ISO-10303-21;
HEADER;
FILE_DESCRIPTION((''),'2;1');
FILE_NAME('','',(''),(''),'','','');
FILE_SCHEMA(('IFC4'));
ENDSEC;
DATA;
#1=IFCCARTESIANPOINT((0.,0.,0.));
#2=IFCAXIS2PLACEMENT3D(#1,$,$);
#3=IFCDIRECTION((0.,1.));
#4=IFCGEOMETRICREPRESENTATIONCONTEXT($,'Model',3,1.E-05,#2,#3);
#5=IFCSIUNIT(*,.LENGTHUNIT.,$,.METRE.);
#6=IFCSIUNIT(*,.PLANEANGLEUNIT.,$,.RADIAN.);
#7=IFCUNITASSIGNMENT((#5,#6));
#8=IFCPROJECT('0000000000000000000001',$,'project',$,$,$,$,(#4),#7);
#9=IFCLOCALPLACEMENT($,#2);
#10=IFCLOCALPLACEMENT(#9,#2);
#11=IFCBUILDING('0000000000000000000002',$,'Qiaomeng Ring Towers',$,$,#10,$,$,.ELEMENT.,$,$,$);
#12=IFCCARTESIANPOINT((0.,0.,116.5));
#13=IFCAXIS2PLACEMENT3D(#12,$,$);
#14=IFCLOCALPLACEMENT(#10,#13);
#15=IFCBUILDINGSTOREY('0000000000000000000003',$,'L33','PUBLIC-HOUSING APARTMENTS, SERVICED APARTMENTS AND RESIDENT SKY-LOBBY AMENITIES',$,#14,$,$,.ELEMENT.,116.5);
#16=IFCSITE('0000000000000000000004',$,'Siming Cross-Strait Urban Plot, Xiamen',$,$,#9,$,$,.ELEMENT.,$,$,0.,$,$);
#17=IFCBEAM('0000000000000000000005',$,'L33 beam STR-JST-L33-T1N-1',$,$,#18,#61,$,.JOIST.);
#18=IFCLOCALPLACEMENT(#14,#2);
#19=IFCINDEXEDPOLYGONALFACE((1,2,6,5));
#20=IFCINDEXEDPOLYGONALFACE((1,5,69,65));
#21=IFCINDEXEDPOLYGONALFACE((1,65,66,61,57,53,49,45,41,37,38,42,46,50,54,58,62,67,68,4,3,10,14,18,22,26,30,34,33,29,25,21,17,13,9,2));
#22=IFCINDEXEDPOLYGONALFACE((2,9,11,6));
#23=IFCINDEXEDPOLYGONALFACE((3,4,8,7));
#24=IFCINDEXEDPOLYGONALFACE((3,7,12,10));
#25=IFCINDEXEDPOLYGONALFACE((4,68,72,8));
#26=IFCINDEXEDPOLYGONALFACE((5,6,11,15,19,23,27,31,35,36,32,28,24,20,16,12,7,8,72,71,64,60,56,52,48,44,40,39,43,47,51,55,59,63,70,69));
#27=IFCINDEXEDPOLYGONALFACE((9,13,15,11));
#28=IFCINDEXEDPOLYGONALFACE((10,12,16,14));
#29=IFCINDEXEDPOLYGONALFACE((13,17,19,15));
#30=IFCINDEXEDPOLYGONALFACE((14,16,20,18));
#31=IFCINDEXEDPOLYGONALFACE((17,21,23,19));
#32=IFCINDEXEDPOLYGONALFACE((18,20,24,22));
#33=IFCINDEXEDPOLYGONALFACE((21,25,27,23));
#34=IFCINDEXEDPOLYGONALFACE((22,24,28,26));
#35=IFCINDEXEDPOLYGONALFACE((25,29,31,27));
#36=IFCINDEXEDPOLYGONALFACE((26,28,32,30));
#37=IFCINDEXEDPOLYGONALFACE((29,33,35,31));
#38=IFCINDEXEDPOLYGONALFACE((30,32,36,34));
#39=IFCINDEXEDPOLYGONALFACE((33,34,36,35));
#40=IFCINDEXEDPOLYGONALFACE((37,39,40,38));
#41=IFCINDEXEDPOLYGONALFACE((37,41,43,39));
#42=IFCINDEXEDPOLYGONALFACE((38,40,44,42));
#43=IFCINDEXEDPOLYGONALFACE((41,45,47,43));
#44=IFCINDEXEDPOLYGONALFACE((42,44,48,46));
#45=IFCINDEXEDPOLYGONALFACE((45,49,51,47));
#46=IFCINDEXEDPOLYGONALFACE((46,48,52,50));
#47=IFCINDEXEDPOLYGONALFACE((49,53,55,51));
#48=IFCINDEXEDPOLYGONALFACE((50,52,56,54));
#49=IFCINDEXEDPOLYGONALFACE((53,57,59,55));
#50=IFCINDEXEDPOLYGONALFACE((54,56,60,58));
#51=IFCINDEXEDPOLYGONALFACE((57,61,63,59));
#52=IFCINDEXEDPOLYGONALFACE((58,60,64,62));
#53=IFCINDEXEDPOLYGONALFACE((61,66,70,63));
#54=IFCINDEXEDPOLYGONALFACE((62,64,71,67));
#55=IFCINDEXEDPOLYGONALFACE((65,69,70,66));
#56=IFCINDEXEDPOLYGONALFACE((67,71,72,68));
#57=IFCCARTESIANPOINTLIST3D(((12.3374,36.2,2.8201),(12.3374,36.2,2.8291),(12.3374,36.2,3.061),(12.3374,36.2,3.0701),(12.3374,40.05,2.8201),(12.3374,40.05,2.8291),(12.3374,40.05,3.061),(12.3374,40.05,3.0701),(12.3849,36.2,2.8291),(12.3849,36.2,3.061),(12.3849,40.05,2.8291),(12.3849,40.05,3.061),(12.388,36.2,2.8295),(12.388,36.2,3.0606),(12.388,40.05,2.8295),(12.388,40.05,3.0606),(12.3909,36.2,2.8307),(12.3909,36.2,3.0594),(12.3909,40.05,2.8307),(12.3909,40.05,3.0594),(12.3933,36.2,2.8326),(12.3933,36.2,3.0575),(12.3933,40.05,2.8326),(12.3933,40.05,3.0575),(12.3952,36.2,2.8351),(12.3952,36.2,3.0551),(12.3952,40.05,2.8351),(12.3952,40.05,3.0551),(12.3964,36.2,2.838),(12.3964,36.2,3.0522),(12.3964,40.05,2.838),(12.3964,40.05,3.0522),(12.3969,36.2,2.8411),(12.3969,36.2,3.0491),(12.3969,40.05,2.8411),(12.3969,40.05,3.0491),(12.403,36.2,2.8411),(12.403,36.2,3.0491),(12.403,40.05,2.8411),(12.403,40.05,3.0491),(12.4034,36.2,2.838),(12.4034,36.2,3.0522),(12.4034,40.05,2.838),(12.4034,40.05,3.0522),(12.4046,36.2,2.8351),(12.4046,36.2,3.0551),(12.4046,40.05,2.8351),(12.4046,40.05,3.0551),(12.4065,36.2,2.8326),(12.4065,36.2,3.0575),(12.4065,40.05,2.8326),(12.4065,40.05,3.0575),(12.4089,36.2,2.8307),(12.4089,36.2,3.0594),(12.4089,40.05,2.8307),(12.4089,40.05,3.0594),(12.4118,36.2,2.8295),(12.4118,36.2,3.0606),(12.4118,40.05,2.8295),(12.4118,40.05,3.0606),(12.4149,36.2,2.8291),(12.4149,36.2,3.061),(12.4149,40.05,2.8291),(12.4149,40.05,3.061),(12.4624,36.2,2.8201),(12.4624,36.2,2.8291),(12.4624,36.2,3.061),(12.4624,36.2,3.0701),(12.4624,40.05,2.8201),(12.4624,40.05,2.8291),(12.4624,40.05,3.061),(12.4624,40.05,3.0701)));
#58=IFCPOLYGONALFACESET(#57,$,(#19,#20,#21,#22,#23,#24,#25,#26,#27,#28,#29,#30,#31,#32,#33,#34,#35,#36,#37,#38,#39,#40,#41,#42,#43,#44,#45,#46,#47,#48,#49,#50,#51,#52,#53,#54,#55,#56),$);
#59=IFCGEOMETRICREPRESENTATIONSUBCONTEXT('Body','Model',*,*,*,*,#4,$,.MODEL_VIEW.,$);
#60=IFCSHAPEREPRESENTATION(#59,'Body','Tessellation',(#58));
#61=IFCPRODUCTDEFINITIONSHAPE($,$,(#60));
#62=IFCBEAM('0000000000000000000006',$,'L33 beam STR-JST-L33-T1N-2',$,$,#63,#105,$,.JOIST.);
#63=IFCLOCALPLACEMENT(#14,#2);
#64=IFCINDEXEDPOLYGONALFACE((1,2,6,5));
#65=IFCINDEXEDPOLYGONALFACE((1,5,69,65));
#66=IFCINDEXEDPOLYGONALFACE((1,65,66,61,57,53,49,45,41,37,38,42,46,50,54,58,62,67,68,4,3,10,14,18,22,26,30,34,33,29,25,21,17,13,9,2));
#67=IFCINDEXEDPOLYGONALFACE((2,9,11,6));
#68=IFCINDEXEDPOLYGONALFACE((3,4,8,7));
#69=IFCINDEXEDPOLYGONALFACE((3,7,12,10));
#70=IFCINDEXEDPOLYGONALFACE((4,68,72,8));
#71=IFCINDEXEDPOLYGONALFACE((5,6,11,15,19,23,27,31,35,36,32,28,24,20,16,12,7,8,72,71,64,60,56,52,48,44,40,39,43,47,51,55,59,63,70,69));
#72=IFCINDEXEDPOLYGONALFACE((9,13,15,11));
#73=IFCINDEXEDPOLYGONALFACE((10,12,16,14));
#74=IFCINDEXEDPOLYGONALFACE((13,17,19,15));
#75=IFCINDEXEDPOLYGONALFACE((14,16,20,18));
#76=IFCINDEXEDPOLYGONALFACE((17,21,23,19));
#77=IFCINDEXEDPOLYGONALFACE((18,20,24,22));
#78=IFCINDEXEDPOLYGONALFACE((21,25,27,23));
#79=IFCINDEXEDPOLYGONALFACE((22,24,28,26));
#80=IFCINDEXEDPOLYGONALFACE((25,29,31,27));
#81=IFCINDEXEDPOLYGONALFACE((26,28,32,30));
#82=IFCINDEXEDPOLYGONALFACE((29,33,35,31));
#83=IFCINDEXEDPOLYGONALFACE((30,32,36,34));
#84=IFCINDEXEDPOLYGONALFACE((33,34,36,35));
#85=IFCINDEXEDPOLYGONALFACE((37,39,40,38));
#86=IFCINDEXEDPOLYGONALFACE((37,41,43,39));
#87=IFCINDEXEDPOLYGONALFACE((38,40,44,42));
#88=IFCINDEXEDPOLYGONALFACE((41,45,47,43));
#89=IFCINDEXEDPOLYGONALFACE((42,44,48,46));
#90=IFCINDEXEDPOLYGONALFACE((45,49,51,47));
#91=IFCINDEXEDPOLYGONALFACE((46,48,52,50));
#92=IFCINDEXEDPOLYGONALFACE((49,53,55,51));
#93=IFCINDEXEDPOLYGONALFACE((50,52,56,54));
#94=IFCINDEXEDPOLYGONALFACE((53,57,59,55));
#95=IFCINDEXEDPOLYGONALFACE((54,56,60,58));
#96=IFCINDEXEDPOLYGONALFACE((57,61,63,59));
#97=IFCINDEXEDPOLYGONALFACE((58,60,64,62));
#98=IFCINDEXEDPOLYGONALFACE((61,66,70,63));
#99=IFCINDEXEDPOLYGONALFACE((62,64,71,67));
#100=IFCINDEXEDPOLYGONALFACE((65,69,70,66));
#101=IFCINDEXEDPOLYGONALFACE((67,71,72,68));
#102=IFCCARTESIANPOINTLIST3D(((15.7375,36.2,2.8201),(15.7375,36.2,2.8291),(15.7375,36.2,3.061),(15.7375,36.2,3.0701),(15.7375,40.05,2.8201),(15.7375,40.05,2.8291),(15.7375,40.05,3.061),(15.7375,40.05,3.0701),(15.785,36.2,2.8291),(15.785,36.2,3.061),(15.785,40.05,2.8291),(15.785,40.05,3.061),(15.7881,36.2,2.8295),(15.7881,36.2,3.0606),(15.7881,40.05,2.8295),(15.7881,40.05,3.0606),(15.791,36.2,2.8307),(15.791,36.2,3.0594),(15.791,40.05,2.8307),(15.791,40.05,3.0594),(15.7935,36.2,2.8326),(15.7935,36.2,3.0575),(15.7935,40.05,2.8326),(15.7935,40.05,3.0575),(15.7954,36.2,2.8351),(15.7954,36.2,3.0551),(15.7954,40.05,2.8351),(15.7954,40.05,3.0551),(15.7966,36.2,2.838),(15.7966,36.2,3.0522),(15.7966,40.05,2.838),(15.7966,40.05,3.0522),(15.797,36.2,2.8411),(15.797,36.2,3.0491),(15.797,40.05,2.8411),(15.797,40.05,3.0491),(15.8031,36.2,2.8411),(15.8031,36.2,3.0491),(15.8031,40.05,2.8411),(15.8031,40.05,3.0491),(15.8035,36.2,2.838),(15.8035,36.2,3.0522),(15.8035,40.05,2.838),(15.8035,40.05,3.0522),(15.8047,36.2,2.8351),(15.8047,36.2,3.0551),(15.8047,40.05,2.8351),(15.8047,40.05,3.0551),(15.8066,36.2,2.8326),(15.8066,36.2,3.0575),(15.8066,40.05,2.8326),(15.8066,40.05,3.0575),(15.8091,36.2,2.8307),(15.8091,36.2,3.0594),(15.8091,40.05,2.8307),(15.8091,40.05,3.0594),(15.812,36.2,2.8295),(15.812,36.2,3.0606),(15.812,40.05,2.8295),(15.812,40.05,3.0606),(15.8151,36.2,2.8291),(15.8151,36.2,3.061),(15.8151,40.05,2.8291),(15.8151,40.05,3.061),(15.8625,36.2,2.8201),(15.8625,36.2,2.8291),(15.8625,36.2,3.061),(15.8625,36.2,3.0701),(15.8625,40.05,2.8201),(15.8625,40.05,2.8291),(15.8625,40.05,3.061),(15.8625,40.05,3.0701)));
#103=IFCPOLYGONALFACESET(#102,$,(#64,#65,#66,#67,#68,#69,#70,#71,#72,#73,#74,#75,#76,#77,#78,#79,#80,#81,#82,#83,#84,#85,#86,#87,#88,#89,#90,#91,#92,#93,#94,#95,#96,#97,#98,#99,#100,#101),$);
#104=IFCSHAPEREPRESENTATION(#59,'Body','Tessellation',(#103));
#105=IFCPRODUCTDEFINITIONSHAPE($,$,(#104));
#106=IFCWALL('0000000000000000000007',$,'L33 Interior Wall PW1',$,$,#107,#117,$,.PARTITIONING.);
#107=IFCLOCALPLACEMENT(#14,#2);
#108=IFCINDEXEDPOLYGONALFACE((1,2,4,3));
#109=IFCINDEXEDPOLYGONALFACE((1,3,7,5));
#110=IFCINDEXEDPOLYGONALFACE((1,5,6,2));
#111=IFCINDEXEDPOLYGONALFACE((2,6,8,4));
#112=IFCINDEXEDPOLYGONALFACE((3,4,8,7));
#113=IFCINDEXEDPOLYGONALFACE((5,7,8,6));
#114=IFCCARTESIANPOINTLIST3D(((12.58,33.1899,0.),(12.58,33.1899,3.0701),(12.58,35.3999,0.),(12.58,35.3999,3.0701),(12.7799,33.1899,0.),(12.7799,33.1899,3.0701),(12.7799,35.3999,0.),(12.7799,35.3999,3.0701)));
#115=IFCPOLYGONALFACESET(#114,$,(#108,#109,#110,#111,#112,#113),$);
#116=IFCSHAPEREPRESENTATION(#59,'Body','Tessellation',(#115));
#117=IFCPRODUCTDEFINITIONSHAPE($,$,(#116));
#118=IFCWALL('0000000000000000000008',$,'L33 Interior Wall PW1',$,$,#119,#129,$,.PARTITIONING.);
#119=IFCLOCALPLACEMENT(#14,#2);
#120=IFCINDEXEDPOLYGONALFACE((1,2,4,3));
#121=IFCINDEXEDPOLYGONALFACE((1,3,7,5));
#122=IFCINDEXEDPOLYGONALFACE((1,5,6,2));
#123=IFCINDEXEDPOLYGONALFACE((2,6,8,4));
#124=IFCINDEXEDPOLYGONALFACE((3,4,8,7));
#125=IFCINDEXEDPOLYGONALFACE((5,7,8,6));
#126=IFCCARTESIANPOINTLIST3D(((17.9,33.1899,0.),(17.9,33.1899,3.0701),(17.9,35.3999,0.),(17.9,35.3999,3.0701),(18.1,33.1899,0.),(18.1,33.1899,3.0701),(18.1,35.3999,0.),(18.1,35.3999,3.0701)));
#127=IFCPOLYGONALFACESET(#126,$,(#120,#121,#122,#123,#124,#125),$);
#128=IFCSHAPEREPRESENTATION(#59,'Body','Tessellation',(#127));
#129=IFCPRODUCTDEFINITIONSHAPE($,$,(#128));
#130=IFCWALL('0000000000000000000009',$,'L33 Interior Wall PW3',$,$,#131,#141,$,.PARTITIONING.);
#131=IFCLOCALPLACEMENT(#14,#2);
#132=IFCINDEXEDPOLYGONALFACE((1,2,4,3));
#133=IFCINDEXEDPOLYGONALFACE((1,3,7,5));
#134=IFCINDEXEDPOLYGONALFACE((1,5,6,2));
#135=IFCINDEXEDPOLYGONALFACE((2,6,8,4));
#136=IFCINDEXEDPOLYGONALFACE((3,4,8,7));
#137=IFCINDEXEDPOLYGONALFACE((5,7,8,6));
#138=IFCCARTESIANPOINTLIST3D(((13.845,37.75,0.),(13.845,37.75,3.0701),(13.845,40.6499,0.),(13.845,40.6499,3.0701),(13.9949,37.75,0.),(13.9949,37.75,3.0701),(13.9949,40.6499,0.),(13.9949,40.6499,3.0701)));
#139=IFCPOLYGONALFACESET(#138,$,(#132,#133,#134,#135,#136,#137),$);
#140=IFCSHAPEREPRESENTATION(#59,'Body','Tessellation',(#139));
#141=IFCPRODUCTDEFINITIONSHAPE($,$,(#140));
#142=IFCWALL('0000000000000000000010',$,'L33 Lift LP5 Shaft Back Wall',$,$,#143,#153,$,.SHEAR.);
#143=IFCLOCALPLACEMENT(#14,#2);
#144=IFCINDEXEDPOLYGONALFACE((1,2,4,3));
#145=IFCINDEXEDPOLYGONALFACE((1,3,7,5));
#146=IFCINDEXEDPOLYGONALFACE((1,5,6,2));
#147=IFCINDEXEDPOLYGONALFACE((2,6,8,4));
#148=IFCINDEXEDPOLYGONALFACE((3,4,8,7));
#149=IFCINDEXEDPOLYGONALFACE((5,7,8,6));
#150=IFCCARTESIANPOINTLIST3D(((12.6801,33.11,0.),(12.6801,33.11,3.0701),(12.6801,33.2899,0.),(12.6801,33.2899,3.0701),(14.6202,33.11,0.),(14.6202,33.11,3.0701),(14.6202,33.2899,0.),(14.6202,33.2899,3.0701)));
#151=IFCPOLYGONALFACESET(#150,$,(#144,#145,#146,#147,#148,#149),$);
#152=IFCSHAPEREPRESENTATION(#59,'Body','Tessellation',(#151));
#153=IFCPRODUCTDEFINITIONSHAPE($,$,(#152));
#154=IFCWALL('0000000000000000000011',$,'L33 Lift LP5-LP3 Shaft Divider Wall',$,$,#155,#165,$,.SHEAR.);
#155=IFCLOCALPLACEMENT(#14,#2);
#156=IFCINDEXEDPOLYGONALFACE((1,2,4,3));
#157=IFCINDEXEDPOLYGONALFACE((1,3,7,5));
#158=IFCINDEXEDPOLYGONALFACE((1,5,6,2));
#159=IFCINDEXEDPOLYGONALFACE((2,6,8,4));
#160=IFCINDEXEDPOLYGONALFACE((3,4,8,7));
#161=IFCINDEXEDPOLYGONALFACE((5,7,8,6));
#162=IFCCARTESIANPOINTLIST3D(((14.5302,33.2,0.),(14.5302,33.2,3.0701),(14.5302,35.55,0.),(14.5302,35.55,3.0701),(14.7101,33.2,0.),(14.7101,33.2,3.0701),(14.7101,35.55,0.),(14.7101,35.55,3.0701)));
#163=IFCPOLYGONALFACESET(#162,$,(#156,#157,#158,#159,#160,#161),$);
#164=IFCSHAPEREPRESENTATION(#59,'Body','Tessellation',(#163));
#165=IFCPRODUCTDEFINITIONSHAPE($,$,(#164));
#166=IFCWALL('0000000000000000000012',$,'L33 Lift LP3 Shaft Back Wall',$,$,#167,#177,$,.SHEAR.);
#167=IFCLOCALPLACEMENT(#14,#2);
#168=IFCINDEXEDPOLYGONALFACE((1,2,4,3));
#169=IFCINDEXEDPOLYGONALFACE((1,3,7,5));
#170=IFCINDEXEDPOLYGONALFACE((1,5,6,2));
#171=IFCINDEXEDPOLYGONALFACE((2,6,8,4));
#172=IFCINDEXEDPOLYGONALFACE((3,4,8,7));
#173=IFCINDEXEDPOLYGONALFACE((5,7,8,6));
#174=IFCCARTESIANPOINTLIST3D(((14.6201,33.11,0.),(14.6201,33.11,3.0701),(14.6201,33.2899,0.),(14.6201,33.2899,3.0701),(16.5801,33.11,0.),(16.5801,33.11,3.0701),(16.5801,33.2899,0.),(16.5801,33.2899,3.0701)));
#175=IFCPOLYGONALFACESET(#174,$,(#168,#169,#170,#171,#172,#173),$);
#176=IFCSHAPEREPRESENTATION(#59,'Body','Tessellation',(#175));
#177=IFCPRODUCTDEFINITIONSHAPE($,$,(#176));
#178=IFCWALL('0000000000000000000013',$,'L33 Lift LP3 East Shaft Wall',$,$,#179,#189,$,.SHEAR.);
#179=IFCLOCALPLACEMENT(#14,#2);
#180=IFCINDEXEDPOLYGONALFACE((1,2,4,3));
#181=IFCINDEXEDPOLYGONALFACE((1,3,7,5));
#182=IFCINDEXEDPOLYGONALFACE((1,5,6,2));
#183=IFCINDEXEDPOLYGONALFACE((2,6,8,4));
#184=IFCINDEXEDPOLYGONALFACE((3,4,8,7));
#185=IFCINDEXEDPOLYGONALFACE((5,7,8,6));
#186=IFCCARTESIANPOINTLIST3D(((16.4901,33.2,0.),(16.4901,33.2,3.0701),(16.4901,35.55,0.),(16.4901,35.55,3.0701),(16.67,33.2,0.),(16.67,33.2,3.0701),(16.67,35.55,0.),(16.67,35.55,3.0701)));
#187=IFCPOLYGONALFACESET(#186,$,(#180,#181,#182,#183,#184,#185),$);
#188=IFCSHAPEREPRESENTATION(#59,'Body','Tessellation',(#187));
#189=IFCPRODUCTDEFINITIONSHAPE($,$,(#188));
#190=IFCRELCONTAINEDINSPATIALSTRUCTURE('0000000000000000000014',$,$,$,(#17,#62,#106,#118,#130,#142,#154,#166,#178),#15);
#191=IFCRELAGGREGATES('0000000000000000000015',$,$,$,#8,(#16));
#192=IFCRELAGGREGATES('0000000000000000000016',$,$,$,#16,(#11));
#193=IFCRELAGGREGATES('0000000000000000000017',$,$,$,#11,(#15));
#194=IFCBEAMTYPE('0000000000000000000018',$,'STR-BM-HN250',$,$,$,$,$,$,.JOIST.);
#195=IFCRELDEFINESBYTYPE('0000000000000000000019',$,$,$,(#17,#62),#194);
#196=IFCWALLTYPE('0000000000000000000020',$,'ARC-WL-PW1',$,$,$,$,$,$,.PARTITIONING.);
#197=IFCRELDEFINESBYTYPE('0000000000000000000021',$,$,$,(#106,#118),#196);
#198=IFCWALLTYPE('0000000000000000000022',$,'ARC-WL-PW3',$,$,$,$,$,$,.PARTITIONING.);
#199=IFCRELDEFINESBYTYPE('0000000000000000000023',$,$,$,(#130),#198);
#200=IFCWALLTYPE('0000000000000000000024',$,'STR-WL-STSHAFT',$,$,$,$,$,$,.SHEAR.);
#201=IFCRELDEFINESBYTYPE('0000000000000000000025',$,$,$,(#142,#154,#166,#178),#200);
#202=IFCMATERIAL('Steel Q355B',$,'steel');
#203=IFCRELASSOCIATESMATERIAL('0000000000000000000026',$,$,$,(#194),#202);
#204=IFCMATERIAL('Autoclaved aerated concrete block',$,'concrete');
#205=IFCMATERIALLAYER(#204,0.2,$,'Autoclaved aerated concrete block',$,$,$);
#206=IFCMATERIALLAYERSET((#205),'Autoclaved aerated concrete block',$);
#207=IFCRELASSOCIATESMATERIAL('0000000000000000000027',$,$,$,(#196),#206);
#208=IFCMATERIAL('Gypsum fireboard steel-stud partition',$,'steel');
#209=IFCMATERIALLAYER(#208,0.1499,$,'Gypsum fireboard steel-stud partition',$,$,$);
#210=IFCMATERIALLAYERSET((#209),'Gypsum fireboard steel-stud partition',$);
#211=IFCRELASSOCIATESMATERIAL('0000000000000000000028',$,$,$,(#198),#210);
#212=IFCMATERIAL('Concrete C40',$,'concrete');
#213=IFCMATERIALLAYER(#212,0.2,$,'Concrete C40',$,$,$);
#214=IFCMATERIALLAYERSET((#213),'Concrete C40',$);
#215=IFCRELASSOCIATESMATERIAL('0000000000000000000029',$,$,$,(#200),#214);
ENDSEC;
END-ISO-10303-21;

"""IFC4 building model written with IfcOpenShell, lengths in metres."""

from ifc_helpers import new_model, si_unit, direction, frame, frame_2d, origin, origin_2d, place, context, subcontext, project, spatial, rectangle, i_section, extrude, source, transform, mapped, material, layer, layer_set, material_profile, profile_set, type_object, element, save


model = new_model("IFC4")

# Units and contexts
model_context = context("Model", 3, precision=1e-05, world=origin(), true_north=direction((0.0, 1.0)))
body_context = subcontext(model_context, "Body", "Model", "MODEL_VIEW")
ifc_project = project(units=[si_unit("LENGTHUNIT", "METRE"), si_unit("PLANEANGLEUNIT", "RADIAN")], contexts=[model_context])

# Site, building, storey
site_placement = place(None, origin())
site = spatial("IfcSite", under=ifc_project, at=site_placement, Name="Siming Cross-Strait Urban Plot, Xiamen", CompositionType="ELEMENT", RefElevation=0.0)
building_placement = place(site_placement, origin())
building = spatial("IfcBuilding", under=site, at=building_placement, Name="Qiaomeng Ring Towers", CompositionType="ELEMENT")
storey_placement = place(building_placement, frame((0.0, 0.0, 116.5)))
storey = spatial("IfcBuildingStorey", under=building, at=storey_placement, Name="L33", Description="PUBLIC-HOUSING APARTMENTS, SERVICED APARTMENTS AND RESIDENT SKY-LOBBY AMENITIES", CompositionType="ELEMENT", Elevation=116.5)

# Beams
ifc_material_1 = material(Name="Steel Q355B", Category="steel")
ifc_material_profile_1 = material_profile(ifc_material_1, i_section(OverallWidth=0.125, OverallDepth=0.25, WebThickness=0.0061, FlangeThickness=0.009, FilletRadius=0.012, at=origin_2d()), Name="HN 250x125x6x9")
ifc_profile_set_1 = profile_set([ifc_material_profile_1], Name="Steel Q355B")
beam_type = type_object("IfcBeamType", Name="STR-BM-HN250", PredefinedType="JOIST", material=ifc_profile_set_1)
shared_shape_1 = source(origin(), body_context, "Body", "SweptSolid", [
    extrude(i_section(OverallWidth=0.125, OverallDepth=0.25, WebThickness=0.0061, FlangeThickness=0.009, FilletRadius=0.012, at=origin_2d()), origin(), (0.0, 0.0, 1.0), 3.8501),
])
for number, where, z_axis, x_axis, name in (
    (1, (12.3999, 36.2, 2.9451), (0.0, 1.0, 0.0), (-1.0, 0.0, 0.0), "L33 beam STR-JST-L33-T1N-1"),
    (2, (15.8, 36.2, 2.9451), (0.0, 1.0, 0.0), (-1.0, 0.0, 0.0), "L33 beam STR-JST-L33-T1N-2"),
):
    element("IfcBeam", number, at=place(storey_placement, frame(where, z_axis=z_axis, x_axis=x_axis)), inside=storey, type_object=beam_type, Name=name, PredefinedType="JOIST", context=body_context, shape_type="MappedRepresentation", body=[
        mapped(shared_shape_1, transform((0.0, 0.0, 0.0), x_axis=(1.0, 0.0, 0.0), y_axis=(0.0, 1.0, 0.0), z_axis=(0.0, 0.0, 1.0), scale=1.0)),
    ])

# Walls
ifc_material_2 = material(Name="Autoclaved aerated concrete block", Category="concrete")
ifc_layer_1 = layer(ifc_material_2, 0.2, Name="Autoclaved aerated concrete block")
ifc_layer_set_1 = layer_set([ifc_layer_1], Name="Autoclaved aerated concrete block")
wall_type_1 = type_object("IfcWallType", Name="ARC-WL-PW1", PredefinedType="PARTITIONING", material=ifc_layer_set_1)
for number, where, z_axis, x_axis, name in (
    (3, (12.6799, 33.1899, 0.0), (0.0, 0.0, 1.0), (0.0, 1.0, 0.0), "L33 Interior Wall PW1"),
    (4, (18.0, 33.1899, 0.0), (0.0, 0.0, 1.0), (0.0, 1.0, 0.0), "L33 Interior Wall PW1"),
):
    element("IfcWall", number, at=place(storey_placement, frame(where, z_axis=z_axis, x_axis=x_axis)), inside=storey, type_object=wall_type_1, Name=name, PredefinedType="PARTITIONING", context=body_context, shape_type="SweptSolid", body=[
        extrude(rectangle(XDim=2.21, YDim=0.2, at=frame_2d((1.105, 0.0))), origin(), (0.0, 0.0, 1.0), 3.0701),
    ])
ifc_material_3 = material(Name="Gypsum fireboard steel-stud partition", Category="steel")
ifc_layer_2 = layer(ifc_material_3, 0.1499, Name="Gypsum fireboard steel-stud partition")
ifc_layer_set_2 = layer_set([ifc_layer_2], Name="Gypsum fireboard steel-stud partition")
wall_type_2 = type_object("IfcWallType", Name="ARC-WL-PW3", PredefinedType="PARTITIONING", material=ifc_layer_set_2)
wall_1_placement = place(storey_placement, frame((13.9199, 37.75, 0.0), z_axis=(0.0, 0.0, 1.0), x_axis=(0.0, 1.0, 0.0)))
element("IfcWall", 5, at=wall_1_placement, inside=storey, type_object=wall_type_2, Name="L33 Interior Wall PW3", PredefinedType="PARTITIONING", context=body_context, shape_type="SweptSolid", body=[
    extrude(rectangle(XDim=2.8999, YDim=0.1499, at=frame_2d((1.45, 0.0))), origin(), (0.0, 0.0, 1.0), 3.0701),
])
ifc_material_4 = material(Name="Concrete C40", Category="concrete")
ifc_layer_3 = layer(ifc_material_4, 0.2, Name="Concrete C40")
ifc_layer_set_3 = layer_set([ifc_layer_3], Name="Concrete C40")
wall_type_3 = type_object("IfcWallType", Name="STR-WL-STSHAFT", PredefinedType="SHEAR", material=ifc_layer_set_3)
wall_2_placement = place(storey_placement, frame((12.6799, 33.2, 0.0), z_axis=(0.0, 0.0, 1.0), x_axis=(1.0, 0.0, 0.0)))
element("IfcWall", 6, at=wall_2_placement, inside=storey, type_object=wall_type_3, Name="L33 Lift LP5 Shaft Back Wall", PredefinedType="SHEAR", context=body_context, shape_type="SweptSolid", body=[
    extrude(rectangle(XDim=1.9402, YDim=0.1799, at=frame_2d((0.9702, 0.0))), origin(), (0.0, 0.0, 1.0), 3.0701),
])
wall_3_placement = place(storey_placement, frame((14.6201, 33.2, 0.0), z_axis=(0.0, 0.0, 1.0), x_axis=(0.0, 1.0, 0.0)))
element("IfcWall", 7, at=wall_3_placement, inside=storey, type_object=wall_type_3, Name="L33 Lift LP5-LP3 Shaft Divider Wall", PredefinedType="SHEAR", context=body_context, shape_type="SweptSolid", body=[
    extrude(rectangle(XDim=2.3501, YDim=0.1799, at=frame_2d((1.175, 0.0))), origin(), (0.0, 0.0, 1.0), 3.0701),
])
wall_4_placement = place(storey_placement, frame((14.6201, 33.2, 0.0), z_axis=(0.0, 0.0, 1.0), x_axis=(1.0, 0.0, 0.0)))
element("IfcWall", 8, at=wall_4_placement, inside=storey, type_object=wall_type_3, Name="L33 Lift LP3 Shaft Back Wall", PredefinedType="SHEAR", context=body_context, shape_type="SweptSolid", body=[
    extrude(rectangle(XDim=1.96, YDim=0.1799, at=frame_2d((0.98, 0.0))), origin(), (0.0, 0.0, 1.0), 3.0701),
])
wall_5_placement = place(storey_placement, frame((16.5801, 33.2, 0.0), z_axis=(0.0, 0.0, 1.0), x_axis=(0.0, 1.0, 0.0)))
element("IfcWall", 9, at=wall_5_placement, inside=storey, type_object=wall_type_3, Name="L33 Lift LP3 East Shaft Wall", PredefinedType="SHEAR", context=body_context, shape_type="SweptSolid", body=[
    extrude(rectangle(XDim=2.3501, YDim=0.1799, at=frame_2d((1.175, 0.0))), origin(), (0.0, 0.0, 1.0), 3.0701),
])

save(model, "model.ifc")
